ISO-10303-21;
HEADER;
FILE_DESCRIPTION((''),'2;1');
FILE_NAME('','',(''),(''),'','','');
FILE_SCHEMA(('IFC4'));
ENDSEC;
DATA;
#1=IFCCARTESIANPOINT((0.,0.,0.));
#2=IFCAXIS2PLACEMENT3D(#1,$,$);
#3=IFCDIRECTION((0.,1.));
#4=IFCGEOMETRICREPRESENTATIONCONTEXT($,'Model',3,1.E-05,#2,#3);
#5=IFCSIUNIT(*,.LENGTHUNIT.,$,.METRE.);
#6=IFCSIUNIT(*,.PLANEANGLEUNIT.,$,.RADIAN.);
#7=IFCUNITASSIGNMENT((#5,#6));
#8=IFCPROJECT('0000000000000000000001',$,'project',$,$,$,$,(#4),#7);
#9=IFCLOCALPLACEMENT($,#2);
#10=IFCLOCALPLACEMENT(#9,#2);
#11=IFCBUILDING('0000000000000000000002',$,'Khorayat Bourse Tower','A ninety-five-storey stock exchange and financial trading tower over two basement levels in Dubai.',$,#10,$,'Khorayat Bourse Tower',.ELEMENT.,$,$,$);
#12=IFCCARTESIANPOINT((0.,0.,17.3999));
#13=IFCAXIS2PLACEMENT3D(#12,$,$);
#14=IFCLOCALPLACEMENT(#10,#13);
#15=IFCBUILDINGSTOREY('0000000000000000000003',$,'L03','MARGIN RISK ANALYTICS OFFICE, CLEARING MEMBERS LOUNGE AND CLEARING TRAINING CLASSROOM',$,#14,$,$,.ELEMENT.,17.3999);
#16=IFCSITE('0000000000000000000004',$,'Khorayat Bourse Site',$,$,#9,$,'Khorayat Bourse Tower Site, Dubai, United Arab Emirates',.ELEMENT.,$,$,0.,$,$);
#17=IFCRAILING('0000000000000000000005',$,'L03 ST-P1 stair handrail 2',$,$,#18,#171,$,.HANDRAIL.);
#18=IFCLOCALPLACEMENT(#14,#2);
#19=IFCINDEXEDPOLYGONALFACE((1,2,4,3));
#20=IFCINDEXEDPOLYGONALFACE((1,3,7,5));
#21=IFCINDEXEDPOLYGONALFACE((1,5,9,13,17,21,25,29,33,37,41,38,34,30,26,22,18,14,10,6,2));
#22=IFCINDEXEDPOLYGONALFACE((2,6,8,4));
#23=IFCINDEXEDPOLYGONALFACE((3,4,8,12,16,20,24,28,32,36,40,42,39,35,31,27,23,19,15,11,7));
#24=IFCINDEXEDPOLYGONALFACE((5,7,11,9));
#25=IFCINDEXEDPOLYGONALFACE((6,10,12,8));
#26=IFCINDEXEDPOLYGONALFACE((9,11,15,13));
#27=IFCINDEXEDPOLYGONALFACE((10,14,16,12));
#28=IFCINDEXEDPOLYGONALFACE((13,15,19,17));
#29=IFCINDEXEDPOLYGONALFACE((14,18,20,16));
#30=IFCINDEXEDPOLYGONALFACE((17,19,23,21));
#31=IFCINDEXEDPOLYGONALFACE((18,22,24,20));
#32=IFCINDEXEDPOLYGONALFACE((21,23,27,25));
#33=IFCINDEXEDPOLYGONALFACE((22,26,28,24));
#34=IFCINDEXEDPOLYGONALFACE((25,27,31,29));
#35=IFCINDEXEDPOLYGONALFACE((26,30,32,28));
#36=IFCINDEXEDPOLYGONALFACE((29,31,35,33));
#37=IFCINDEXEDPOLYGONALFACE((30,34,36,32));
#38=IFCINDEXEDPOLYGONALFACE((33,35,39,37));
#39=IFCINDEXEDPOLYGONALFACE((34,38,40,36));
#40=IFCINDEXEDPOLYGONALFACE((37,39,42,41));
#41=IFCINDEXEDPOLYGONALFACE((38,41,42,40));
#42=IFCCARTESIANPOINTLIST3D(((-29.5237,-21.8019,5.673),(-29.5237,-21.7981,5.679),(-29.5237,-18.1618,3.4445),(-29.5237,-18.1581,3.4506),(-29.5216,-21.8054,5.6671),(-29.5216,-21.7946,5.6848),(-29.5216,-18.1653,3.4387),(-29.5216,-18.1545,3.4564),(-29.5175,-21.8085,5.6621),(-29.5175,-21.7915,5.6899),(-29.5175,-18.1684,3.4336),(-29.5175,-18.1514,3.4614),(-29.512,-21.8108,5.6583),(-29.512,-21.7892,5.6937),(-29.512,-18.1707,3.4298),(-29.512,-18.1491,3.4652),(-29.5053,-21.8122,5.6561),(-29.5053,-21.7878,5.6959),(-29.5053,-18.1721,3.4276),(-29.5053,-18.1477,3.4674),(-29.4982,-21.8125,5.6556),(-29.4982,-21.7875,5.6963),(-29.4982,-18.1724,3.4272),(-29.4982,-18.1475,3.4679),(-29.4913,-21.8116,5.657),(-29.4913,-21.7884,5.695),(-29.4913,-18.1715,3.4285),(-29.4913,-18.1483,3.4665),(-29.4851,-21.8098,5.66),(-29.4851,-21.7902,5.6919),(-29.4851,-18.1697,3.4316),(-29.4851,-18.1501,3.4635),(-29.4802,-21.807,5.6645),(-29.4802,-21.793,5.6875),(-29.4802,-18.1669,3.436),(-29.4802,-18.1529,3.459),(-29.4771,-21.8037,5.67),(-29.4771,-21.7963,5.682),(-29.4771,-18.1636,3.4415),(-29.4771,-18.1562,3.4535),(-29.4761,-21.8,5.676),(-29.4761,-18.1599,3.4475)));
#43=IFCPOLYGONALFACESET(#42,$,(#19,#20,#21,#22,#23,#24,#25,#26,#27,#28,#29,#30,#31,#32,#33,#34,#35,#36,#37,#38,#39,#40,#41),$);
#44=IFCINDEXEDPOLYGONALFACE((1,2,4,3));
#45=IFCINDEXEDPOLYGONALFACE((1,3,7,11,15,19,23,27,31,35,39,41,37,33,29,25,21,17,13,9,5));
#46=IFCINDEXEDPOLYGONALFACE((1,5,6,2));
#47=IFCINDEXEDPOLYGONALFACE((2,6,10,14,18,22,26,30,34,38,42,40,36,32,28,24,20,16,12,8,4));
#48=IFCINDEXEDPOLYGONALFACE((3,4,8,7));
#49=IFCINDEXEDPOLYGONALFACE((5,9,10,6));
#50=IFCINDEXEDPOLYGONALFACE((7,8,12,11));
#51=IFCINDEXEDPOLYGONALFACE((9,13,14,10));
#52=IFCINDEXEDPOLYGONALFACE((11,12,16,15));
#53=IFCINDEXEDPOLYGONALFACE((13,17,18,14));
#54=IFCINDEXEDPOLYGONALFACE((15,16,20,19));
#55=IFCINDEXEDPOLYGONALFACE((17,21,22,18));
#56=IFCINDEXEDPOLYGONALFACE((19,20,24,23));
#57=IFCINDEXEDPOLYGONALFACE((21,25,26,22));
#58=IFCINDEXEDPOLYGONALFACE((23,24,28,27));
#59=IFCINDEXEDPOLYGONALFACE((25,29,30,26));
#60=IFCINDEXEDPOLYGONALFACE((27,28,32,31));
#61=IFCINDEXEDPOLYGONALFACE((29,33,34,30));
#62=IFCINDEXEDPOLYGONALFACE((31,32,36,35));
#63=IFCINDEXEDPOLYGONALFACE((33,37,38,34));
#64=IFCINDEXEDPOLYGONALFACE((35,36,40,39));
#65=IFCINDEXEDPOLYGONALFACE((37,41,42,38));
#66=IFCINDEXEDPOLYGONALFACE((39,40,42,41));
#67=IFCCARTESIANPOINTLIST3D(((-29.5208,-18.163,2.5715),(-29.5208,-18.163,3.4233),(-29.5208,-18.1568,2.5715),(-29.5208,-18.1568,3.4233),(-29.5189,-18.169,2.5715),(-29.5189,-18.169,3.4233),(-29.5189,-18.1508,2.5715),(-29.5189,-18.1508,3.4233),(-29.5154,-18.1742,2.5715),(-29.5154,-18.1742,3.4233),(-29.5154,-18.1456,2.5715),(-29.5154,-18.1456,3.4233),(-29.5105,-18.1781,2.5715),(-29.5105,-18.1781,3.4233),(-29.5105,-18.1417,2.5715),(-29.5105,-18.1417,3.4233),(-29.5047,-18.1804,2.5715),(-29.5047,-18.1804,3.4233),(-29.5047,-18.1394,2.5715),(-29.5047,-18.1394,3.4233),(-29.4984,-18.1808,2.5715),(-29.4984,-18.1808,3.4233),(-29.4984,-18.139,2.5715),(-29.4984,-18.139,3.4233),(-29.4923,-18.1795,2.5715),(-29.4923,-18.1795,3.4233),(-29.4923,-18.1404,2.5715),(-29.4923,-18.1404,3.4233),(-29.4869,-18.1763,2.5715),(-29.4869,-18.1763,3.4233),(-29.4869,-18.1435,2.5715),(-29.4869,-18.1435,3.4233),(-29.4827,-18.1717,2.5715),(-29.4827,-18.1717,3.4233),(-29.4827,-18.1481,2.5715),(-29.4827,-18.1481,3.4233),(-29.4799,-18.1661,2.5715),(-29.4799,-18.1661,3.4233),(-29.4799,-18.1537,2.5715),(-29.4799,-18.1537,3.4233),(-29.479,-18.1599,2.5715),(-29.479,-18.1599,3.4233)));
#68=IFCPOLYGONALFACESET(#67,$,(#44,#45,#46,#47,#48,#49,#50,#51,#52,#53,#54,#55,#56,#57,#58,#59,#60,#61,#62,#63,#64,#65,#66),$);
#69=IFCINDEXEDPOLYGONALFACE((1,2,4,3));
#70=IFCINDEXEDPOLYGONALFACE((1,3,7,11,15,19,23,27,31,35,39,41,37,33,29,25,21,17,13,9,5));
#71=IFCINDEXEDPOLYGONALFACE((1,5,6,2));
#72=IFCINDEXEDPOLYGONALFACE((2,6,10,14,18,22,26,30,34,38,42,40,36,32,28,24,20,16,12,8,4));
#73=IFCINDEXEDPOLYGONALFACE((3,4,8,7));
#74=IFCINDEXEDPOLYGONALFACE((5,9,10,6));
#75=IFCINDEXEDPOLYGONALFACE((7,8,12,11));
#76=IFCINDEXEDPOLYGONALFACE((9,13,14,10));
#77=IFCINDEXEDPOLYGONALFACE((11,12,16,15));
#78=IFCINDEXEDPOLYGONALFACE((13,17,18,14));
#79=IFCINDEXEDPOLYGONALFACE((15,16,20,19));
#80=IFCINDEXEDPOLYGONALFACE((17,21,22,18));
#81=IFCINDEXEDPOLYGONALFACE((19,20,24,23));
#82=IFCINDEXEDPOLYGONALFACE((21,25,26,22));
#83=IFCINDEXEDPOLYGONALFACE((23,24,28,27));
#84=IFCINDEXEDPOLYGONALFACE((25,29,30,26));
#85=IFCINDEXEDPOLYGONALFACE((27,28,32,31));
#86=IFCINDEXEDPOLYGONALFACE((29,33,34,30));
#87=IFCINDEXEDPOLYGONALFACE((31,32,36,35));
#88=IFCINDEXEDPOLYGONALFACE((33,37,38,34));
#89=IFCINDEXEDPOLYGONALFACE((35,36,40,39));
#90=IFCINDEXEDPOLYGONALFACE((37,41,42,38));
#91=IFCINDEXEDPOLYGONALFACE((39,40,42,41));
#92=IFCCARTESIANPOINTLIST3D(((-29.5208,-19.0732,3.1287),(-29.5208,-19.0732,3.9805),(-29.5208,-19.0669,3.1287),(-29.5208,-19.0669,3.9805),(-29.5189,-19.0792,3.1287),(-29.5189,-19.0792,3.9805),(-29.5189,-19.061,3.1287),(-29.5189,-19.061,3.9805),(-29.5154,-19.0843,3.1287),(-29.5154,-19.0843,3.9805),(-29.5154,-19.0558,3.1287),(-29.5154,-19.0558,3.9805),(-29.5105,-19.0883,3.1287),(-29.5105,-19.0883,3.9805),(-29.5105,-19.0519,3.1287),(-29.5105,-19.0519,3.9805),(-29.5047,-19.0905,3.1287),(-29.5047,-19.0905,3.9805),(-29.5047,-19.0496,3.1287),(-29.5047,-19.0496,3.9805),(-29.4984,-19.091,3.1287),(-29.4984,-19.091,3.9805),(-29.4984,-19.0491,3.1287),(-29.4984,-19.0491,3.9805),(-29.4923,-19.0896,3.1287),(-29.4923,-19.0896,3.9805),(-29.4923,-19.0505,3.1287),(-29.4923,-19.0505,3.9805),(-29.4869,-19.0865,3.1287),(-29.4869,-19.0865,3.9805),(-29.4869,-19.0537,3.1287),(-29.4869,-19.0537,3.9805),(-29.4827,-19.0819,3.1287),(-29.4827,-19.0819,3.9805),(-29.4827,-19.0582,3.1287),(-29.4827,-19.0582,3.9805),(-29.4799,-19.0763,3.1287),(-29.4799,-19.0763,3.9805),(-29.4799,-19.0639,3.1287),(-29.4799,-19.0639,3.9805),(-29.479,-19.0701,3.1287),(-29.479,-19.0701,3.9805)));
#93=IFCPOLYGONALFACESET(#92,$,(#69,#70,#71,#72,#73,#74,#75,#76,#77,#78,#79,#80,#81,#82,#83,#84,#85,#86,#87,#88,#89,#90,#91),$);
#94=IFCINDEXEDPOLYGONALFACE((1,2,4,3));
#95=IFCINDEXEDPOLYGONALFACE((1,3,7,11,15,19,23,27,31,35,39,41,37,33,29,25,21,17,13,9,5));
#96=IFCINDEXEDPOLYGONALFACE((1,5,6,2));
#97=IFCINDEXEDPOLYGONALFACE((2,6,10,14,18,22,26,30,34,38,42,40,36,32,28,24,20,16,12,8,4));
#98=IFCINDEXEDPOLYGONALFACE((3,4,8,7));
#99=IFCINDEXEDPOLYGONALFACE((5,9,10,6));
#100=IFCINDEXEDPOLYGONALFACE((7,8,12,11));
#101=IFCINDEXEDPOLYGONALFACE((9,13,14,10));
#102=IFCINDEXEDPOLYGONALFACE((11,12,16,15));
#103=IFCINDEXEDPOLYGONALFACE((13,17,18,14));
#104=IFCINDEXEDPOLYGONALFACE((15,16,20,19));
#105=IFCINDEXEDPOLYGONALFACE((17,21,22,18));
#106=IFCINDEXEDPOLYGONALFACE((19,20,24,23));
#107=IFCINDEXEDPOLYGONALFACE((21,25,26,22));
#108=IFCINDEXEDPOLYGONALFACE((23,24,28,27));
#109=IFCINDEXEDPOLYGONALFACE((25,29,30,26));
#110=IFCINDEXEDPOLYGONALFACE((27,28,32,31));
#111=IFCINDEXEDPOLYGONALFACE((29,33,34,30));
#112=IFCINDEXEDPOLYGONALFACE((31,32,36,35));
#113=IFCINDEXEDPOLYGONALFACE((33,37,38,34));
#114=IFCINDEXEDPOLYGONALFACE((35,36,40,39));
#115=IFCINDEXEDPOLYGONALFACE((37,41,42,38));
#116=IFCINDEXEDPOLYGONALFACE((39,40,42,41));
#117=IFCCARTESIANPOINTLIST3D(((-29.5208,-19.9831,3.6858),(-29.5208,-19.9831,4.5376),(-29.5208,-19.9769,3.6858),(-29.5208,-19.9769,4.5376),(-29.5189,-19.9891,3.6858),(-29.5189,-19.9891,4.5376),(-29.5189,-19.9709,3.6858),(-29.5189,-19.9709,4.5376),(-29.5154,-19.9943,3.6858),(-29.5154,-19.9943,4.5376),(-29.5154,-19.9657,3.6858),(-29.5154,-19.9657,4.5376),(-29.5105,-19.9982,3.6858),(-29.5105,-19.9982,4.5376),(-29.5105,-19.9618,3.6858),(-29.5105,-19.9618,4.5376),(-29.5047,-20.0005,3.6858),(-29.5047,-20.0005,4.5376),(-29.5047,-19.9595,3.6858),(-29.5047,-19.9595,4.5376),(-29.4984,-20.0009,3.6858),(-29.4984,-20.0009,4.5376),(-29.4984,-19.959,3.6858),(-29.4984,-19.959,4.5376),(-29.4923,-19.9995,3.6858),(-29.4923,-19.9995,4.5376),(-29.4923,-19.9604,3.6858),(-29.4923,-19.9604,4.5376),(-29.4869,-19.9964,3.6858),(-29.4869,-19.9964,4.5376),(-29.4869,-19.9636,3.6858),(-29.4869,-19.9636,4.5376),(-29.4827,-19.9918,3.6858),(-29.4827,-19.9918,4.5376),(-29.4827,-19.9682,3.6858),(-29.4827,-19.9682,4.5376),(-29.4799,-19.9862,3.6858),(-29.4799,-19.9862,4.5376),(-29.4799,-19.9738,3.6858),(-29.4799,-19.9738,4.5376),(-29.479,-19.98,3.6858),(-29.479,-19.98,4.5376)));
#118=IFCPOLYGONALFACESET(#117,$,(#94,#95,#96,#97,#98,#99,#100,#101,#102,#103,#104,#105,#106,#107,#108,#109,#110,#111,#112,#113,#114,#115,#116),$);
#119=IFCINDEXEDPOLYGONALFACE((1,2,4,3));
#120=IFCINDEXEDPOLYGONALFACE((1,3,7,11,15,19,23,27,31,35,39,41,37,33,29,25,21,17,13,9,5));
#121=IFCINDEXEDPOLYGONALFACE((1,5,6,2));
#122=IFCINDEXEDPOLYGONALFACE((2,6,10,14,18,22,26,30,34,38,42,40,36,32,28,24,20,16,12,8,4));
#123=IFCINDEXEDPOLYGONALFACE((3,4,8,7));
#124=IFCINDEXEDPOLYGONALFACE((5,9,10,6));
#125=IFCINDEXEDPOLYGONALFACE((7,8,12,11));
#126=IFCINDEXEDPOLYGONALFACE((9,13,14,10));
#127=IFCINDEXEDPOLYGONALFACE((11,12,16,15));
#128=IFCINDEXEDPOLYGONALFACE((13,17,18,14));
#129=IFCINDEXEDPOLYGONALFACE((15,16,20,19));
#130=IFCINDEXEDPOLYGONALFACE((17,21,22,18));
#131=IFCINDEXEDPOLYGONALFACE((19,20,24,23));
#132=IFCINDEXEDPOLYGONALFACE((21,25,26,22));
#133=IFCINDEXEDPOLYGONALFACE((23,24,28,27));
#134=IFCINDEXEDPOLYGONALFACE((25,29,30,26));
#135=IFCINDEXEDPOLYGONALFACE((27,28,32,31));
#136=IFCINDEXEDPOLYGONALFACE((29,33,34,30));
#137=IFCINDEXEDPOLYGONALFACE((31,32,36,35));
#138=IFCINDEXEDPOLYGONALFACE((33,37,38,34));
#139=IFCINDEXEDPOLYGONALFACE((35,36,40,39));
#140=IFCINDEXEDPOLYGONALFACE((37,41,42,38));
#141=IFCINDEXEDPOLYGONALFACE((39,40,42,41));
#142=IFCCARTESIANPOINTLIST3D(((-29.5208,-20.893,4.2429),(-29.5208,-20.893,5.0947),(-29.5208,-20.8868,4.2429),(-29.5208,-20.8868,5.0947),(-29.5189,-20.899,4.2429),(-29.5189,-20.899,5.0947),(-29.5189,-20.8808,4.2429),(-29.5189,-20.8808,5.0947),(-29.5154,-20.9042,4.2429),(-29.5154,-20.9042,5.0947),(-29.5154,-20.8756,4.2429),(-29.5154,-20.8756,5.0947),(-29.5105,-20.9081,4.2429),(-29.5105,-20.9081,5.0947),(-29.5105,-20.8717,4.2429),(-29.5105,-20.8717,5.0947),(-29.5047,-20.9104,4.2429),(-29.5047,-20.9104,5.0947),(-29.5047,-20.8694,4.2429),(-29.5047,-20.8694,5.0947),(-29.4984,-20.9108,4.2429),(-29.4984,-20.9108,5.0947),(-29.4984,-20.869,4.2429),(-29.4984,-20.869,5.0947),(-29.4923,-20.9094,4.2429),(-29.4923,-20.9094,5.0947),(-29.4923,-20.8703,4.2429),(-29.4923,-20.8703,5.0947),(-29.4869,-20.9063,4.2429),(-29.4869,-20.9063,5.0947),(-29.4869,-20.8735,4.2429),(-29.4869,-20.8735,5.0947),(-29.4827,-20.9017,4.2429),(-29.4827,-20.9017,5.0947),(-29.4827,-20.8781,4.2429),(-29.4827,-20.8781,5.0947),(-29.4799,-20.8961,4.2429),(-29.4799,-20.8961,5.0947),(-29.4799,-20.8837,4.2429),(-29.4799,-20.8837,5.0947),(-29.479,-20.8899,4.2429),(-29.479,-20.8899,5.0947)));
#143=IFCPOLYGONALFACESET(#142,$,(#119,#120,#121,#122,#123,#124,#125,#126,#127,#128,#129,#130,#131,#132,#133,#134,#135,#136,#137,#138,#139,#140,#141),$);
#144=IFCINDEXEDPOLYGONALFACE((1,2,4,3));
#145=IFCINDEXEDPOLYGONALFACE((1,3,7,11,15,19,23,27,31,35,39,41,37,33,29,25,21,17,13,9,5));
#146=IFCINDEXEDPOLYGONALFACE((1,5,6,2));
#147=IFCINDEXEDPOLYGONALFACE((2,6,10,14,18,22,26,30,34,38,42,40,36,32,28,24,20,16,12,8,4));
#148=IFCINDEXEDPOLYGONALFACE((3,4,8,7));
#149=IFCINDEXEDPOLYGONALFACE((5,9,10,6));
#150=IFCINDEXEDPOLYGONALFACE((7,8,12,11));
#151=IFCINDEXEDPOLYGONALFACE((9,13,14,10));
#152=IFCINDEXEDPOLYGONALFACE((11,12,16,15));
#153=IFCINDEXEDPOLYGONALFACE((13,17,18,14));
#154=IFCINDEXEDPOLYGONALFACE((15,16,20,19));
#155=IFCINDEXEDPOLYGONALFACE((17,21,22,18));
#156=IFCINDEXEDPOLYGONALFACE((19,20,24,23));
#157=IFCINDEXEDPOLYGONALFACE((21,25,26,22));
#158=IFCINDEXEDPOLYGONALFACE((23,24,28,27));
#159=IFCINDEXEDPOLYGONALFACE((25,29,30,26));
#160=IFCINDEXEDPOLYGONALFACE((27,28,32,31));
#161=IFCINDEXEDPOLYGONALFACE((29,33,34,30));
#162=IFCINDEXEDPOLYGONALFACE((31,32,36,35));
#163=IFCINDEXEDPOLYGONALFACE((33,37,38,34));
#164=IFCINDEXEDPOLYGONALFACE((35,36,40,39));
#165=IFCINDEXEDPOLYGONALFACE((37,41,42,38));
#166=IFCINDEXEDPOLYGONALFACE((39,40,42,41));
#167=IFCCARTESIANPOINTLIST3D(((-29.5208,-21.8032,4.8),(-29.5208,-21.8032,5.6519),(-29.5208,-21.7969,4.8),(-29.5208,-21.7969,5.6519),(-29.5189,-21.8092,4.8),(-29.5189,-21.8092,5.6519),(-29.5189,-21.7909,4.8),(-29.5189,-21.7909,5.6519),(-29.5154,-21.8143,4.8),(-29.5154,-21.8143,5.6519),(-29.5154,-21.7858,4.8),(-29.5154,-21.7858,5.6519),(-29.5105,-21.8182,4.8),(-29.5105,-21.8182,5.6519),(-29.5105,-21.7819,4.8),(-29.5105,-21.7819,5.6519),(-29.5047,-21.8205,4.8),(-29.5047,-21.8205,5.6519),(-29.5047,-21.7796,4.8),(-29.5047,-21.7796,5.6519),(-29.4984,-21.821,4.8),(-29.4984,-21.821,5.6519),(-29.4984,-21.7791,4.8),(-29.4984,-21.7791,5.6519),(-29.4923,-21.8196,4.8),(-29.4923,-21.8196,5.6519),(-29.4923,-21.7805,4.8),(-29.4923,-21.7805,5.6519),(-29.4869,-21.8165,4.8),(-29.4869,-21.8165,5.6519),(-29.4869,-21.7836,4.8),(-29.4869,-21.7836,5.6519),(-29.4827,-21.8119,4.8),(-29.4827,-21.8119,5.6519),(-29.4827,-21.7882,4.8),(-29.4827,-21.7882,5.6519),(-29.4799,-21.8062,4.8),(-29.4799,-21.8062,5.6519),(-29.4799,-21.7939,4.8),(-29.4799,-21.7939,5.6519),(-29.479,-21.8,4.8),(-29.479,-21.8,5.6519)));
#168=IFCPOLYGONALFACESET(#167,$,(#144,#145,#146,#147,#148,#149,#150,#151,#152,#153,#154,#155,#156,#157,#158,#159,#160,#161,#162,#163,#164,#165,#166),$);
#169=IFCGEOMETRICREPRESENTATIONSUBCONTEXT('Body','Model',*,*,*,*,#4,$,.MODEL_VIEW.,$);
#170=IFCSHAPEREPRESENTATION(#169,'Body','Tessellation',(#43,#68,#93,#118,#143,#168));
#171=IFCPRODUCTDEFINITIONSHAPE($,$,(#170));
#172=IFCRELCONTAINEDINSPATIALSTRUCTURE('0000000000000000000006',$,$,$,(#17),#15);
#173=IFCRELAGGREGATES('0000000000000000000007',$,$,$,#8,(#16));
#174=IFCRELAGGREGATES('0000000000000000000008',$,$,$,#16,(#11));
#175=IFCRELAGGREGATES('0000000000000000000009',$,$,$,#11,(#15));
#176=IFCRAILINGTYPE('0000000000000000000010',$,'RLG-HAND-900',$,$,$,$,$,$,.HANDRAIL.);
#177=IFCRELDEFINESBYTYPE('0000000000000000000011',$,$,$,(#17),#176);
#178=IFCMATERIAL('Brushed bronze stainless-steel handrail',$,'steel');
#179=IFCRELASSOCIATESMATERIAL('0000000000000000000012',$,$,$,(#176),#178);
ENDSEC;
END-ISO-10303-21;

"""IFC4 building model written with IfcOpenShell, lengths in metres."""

from ifc_helpers import new_model, si_unit, direction, frame, origin, origin_2d, place, context, subcontext, project, spatial, circle, extrude, source, transform, mapped, material, type_object, element, save


model = new_model("IFC4")

# Units and contexts
model_context = context("Model", 3, precision=1e-05, world=origin(), true_north=direction((0.0, 1.0)))
body_context = subcontext(model_context, "Body", "Model", "MODEL_VIEW")
ifc_project = project(units=[si_unit("LENGTHUNIT", "METRE"), si_unit("PLANEANGLEUNIT", "RADIAN")], contexts=[model_context])

# Site, building, storey
site_placement = place(None, origin())
site = spatial("IfcSite", under=ifc_project, at=site_placement, Name="Khorayat Bourse Site", LongName="Khorayat Bourse Tower Site, Dubai, United Arab Emirates", CompositionType="ELEMENT", RefElevation=0.0)
building_placement = place(site_placement, origin())
building = spatial("IfcBuilding", under=site, at=building_placement, Name="Khorayat Bourse Tower", Description="A ninety-five-storey stock exchange and financial trading tower over two basement levels in Dubai.", LongName="Khorayat Bourse Tower", CompositionType="ELEMENT")
storey_placement = place(building_placement, frame((0.0, 0.0, 17.3999)))
storey = spatial("IfcBuildingStorey", under=building, at=storey_placement, Name="L03", Description="MARGIN RISK ANALYTICS OFFICE, CLEARING MEMBERS LOUNGE AND CLEARING TRAINING CLASSROOM", CompositionType="ELEMENT", Elevation=17.3999)

# Railing
ifc_material_1 = material(Name="Brushed bronze stainless-steel handrail", Category="steel")
railing_type_1 = type_object("IfcRailingType", Name="RLG-HAND-900", PredefinedType="HANDRAIL", material=ifc_material_1)
shared_shape_1 = source(origin(), body_context, "Body", "SweptSolid", [
    extrude(circle(Radius=0.0239, at=origin_2d()), frame((0.0, 0.0, 0.876), z_axis=(0.0, -0.852866, 0.52213), x_axis=(1.0, 0.0, 0.0)), (0.0, 0.0, 1.0), 4.2681),
    extrude(circle(Radius=0.021, at=origin_2d()), origin(), (0.0, 0.0, 1.0), 0.8518),
    extrude(circle(Radius=0.021, at=origin_2d()), frame((0.0, -0.9102, 0.5571)), (0.0, 0.0, 1.0), 0.8518),
    extrude(circle(Radius=0.021, at=origin_2d()), frame((0.0, -1.8201, 1.1143)), (0.0, 0.0, 1.0), 0.8518),
    extrude(circle(Radius=0.021, at=origin_2d()), frame((0.0, -2.73, 1.6714)), (0.0, 0.0, 1.0), 0.8518),
    extrude(circle(Radius=0.021, at=origin_2d()), frame((0.0, -3.6401, 2.2285)), (0.0, 0.0, 1.0), 0.8518),
])
railing_1_placement = place(storey_placement, frame((-29.5, -18.1599, 2.5715)))
element("IfcRailing", 1, at=railing_1_placement, inside=storey, type_object=railing_type_1, Name="L03 ST-P1 stair handrail 2", PredefinedType="HANDRAIL", context=body_context, shape_type="MappedRepresentation", body=[
    mapped(shared_shape_1, transform((0.0, 0.0, 0.0), scale=1.0)),
])

save(model, "model.ifc")
